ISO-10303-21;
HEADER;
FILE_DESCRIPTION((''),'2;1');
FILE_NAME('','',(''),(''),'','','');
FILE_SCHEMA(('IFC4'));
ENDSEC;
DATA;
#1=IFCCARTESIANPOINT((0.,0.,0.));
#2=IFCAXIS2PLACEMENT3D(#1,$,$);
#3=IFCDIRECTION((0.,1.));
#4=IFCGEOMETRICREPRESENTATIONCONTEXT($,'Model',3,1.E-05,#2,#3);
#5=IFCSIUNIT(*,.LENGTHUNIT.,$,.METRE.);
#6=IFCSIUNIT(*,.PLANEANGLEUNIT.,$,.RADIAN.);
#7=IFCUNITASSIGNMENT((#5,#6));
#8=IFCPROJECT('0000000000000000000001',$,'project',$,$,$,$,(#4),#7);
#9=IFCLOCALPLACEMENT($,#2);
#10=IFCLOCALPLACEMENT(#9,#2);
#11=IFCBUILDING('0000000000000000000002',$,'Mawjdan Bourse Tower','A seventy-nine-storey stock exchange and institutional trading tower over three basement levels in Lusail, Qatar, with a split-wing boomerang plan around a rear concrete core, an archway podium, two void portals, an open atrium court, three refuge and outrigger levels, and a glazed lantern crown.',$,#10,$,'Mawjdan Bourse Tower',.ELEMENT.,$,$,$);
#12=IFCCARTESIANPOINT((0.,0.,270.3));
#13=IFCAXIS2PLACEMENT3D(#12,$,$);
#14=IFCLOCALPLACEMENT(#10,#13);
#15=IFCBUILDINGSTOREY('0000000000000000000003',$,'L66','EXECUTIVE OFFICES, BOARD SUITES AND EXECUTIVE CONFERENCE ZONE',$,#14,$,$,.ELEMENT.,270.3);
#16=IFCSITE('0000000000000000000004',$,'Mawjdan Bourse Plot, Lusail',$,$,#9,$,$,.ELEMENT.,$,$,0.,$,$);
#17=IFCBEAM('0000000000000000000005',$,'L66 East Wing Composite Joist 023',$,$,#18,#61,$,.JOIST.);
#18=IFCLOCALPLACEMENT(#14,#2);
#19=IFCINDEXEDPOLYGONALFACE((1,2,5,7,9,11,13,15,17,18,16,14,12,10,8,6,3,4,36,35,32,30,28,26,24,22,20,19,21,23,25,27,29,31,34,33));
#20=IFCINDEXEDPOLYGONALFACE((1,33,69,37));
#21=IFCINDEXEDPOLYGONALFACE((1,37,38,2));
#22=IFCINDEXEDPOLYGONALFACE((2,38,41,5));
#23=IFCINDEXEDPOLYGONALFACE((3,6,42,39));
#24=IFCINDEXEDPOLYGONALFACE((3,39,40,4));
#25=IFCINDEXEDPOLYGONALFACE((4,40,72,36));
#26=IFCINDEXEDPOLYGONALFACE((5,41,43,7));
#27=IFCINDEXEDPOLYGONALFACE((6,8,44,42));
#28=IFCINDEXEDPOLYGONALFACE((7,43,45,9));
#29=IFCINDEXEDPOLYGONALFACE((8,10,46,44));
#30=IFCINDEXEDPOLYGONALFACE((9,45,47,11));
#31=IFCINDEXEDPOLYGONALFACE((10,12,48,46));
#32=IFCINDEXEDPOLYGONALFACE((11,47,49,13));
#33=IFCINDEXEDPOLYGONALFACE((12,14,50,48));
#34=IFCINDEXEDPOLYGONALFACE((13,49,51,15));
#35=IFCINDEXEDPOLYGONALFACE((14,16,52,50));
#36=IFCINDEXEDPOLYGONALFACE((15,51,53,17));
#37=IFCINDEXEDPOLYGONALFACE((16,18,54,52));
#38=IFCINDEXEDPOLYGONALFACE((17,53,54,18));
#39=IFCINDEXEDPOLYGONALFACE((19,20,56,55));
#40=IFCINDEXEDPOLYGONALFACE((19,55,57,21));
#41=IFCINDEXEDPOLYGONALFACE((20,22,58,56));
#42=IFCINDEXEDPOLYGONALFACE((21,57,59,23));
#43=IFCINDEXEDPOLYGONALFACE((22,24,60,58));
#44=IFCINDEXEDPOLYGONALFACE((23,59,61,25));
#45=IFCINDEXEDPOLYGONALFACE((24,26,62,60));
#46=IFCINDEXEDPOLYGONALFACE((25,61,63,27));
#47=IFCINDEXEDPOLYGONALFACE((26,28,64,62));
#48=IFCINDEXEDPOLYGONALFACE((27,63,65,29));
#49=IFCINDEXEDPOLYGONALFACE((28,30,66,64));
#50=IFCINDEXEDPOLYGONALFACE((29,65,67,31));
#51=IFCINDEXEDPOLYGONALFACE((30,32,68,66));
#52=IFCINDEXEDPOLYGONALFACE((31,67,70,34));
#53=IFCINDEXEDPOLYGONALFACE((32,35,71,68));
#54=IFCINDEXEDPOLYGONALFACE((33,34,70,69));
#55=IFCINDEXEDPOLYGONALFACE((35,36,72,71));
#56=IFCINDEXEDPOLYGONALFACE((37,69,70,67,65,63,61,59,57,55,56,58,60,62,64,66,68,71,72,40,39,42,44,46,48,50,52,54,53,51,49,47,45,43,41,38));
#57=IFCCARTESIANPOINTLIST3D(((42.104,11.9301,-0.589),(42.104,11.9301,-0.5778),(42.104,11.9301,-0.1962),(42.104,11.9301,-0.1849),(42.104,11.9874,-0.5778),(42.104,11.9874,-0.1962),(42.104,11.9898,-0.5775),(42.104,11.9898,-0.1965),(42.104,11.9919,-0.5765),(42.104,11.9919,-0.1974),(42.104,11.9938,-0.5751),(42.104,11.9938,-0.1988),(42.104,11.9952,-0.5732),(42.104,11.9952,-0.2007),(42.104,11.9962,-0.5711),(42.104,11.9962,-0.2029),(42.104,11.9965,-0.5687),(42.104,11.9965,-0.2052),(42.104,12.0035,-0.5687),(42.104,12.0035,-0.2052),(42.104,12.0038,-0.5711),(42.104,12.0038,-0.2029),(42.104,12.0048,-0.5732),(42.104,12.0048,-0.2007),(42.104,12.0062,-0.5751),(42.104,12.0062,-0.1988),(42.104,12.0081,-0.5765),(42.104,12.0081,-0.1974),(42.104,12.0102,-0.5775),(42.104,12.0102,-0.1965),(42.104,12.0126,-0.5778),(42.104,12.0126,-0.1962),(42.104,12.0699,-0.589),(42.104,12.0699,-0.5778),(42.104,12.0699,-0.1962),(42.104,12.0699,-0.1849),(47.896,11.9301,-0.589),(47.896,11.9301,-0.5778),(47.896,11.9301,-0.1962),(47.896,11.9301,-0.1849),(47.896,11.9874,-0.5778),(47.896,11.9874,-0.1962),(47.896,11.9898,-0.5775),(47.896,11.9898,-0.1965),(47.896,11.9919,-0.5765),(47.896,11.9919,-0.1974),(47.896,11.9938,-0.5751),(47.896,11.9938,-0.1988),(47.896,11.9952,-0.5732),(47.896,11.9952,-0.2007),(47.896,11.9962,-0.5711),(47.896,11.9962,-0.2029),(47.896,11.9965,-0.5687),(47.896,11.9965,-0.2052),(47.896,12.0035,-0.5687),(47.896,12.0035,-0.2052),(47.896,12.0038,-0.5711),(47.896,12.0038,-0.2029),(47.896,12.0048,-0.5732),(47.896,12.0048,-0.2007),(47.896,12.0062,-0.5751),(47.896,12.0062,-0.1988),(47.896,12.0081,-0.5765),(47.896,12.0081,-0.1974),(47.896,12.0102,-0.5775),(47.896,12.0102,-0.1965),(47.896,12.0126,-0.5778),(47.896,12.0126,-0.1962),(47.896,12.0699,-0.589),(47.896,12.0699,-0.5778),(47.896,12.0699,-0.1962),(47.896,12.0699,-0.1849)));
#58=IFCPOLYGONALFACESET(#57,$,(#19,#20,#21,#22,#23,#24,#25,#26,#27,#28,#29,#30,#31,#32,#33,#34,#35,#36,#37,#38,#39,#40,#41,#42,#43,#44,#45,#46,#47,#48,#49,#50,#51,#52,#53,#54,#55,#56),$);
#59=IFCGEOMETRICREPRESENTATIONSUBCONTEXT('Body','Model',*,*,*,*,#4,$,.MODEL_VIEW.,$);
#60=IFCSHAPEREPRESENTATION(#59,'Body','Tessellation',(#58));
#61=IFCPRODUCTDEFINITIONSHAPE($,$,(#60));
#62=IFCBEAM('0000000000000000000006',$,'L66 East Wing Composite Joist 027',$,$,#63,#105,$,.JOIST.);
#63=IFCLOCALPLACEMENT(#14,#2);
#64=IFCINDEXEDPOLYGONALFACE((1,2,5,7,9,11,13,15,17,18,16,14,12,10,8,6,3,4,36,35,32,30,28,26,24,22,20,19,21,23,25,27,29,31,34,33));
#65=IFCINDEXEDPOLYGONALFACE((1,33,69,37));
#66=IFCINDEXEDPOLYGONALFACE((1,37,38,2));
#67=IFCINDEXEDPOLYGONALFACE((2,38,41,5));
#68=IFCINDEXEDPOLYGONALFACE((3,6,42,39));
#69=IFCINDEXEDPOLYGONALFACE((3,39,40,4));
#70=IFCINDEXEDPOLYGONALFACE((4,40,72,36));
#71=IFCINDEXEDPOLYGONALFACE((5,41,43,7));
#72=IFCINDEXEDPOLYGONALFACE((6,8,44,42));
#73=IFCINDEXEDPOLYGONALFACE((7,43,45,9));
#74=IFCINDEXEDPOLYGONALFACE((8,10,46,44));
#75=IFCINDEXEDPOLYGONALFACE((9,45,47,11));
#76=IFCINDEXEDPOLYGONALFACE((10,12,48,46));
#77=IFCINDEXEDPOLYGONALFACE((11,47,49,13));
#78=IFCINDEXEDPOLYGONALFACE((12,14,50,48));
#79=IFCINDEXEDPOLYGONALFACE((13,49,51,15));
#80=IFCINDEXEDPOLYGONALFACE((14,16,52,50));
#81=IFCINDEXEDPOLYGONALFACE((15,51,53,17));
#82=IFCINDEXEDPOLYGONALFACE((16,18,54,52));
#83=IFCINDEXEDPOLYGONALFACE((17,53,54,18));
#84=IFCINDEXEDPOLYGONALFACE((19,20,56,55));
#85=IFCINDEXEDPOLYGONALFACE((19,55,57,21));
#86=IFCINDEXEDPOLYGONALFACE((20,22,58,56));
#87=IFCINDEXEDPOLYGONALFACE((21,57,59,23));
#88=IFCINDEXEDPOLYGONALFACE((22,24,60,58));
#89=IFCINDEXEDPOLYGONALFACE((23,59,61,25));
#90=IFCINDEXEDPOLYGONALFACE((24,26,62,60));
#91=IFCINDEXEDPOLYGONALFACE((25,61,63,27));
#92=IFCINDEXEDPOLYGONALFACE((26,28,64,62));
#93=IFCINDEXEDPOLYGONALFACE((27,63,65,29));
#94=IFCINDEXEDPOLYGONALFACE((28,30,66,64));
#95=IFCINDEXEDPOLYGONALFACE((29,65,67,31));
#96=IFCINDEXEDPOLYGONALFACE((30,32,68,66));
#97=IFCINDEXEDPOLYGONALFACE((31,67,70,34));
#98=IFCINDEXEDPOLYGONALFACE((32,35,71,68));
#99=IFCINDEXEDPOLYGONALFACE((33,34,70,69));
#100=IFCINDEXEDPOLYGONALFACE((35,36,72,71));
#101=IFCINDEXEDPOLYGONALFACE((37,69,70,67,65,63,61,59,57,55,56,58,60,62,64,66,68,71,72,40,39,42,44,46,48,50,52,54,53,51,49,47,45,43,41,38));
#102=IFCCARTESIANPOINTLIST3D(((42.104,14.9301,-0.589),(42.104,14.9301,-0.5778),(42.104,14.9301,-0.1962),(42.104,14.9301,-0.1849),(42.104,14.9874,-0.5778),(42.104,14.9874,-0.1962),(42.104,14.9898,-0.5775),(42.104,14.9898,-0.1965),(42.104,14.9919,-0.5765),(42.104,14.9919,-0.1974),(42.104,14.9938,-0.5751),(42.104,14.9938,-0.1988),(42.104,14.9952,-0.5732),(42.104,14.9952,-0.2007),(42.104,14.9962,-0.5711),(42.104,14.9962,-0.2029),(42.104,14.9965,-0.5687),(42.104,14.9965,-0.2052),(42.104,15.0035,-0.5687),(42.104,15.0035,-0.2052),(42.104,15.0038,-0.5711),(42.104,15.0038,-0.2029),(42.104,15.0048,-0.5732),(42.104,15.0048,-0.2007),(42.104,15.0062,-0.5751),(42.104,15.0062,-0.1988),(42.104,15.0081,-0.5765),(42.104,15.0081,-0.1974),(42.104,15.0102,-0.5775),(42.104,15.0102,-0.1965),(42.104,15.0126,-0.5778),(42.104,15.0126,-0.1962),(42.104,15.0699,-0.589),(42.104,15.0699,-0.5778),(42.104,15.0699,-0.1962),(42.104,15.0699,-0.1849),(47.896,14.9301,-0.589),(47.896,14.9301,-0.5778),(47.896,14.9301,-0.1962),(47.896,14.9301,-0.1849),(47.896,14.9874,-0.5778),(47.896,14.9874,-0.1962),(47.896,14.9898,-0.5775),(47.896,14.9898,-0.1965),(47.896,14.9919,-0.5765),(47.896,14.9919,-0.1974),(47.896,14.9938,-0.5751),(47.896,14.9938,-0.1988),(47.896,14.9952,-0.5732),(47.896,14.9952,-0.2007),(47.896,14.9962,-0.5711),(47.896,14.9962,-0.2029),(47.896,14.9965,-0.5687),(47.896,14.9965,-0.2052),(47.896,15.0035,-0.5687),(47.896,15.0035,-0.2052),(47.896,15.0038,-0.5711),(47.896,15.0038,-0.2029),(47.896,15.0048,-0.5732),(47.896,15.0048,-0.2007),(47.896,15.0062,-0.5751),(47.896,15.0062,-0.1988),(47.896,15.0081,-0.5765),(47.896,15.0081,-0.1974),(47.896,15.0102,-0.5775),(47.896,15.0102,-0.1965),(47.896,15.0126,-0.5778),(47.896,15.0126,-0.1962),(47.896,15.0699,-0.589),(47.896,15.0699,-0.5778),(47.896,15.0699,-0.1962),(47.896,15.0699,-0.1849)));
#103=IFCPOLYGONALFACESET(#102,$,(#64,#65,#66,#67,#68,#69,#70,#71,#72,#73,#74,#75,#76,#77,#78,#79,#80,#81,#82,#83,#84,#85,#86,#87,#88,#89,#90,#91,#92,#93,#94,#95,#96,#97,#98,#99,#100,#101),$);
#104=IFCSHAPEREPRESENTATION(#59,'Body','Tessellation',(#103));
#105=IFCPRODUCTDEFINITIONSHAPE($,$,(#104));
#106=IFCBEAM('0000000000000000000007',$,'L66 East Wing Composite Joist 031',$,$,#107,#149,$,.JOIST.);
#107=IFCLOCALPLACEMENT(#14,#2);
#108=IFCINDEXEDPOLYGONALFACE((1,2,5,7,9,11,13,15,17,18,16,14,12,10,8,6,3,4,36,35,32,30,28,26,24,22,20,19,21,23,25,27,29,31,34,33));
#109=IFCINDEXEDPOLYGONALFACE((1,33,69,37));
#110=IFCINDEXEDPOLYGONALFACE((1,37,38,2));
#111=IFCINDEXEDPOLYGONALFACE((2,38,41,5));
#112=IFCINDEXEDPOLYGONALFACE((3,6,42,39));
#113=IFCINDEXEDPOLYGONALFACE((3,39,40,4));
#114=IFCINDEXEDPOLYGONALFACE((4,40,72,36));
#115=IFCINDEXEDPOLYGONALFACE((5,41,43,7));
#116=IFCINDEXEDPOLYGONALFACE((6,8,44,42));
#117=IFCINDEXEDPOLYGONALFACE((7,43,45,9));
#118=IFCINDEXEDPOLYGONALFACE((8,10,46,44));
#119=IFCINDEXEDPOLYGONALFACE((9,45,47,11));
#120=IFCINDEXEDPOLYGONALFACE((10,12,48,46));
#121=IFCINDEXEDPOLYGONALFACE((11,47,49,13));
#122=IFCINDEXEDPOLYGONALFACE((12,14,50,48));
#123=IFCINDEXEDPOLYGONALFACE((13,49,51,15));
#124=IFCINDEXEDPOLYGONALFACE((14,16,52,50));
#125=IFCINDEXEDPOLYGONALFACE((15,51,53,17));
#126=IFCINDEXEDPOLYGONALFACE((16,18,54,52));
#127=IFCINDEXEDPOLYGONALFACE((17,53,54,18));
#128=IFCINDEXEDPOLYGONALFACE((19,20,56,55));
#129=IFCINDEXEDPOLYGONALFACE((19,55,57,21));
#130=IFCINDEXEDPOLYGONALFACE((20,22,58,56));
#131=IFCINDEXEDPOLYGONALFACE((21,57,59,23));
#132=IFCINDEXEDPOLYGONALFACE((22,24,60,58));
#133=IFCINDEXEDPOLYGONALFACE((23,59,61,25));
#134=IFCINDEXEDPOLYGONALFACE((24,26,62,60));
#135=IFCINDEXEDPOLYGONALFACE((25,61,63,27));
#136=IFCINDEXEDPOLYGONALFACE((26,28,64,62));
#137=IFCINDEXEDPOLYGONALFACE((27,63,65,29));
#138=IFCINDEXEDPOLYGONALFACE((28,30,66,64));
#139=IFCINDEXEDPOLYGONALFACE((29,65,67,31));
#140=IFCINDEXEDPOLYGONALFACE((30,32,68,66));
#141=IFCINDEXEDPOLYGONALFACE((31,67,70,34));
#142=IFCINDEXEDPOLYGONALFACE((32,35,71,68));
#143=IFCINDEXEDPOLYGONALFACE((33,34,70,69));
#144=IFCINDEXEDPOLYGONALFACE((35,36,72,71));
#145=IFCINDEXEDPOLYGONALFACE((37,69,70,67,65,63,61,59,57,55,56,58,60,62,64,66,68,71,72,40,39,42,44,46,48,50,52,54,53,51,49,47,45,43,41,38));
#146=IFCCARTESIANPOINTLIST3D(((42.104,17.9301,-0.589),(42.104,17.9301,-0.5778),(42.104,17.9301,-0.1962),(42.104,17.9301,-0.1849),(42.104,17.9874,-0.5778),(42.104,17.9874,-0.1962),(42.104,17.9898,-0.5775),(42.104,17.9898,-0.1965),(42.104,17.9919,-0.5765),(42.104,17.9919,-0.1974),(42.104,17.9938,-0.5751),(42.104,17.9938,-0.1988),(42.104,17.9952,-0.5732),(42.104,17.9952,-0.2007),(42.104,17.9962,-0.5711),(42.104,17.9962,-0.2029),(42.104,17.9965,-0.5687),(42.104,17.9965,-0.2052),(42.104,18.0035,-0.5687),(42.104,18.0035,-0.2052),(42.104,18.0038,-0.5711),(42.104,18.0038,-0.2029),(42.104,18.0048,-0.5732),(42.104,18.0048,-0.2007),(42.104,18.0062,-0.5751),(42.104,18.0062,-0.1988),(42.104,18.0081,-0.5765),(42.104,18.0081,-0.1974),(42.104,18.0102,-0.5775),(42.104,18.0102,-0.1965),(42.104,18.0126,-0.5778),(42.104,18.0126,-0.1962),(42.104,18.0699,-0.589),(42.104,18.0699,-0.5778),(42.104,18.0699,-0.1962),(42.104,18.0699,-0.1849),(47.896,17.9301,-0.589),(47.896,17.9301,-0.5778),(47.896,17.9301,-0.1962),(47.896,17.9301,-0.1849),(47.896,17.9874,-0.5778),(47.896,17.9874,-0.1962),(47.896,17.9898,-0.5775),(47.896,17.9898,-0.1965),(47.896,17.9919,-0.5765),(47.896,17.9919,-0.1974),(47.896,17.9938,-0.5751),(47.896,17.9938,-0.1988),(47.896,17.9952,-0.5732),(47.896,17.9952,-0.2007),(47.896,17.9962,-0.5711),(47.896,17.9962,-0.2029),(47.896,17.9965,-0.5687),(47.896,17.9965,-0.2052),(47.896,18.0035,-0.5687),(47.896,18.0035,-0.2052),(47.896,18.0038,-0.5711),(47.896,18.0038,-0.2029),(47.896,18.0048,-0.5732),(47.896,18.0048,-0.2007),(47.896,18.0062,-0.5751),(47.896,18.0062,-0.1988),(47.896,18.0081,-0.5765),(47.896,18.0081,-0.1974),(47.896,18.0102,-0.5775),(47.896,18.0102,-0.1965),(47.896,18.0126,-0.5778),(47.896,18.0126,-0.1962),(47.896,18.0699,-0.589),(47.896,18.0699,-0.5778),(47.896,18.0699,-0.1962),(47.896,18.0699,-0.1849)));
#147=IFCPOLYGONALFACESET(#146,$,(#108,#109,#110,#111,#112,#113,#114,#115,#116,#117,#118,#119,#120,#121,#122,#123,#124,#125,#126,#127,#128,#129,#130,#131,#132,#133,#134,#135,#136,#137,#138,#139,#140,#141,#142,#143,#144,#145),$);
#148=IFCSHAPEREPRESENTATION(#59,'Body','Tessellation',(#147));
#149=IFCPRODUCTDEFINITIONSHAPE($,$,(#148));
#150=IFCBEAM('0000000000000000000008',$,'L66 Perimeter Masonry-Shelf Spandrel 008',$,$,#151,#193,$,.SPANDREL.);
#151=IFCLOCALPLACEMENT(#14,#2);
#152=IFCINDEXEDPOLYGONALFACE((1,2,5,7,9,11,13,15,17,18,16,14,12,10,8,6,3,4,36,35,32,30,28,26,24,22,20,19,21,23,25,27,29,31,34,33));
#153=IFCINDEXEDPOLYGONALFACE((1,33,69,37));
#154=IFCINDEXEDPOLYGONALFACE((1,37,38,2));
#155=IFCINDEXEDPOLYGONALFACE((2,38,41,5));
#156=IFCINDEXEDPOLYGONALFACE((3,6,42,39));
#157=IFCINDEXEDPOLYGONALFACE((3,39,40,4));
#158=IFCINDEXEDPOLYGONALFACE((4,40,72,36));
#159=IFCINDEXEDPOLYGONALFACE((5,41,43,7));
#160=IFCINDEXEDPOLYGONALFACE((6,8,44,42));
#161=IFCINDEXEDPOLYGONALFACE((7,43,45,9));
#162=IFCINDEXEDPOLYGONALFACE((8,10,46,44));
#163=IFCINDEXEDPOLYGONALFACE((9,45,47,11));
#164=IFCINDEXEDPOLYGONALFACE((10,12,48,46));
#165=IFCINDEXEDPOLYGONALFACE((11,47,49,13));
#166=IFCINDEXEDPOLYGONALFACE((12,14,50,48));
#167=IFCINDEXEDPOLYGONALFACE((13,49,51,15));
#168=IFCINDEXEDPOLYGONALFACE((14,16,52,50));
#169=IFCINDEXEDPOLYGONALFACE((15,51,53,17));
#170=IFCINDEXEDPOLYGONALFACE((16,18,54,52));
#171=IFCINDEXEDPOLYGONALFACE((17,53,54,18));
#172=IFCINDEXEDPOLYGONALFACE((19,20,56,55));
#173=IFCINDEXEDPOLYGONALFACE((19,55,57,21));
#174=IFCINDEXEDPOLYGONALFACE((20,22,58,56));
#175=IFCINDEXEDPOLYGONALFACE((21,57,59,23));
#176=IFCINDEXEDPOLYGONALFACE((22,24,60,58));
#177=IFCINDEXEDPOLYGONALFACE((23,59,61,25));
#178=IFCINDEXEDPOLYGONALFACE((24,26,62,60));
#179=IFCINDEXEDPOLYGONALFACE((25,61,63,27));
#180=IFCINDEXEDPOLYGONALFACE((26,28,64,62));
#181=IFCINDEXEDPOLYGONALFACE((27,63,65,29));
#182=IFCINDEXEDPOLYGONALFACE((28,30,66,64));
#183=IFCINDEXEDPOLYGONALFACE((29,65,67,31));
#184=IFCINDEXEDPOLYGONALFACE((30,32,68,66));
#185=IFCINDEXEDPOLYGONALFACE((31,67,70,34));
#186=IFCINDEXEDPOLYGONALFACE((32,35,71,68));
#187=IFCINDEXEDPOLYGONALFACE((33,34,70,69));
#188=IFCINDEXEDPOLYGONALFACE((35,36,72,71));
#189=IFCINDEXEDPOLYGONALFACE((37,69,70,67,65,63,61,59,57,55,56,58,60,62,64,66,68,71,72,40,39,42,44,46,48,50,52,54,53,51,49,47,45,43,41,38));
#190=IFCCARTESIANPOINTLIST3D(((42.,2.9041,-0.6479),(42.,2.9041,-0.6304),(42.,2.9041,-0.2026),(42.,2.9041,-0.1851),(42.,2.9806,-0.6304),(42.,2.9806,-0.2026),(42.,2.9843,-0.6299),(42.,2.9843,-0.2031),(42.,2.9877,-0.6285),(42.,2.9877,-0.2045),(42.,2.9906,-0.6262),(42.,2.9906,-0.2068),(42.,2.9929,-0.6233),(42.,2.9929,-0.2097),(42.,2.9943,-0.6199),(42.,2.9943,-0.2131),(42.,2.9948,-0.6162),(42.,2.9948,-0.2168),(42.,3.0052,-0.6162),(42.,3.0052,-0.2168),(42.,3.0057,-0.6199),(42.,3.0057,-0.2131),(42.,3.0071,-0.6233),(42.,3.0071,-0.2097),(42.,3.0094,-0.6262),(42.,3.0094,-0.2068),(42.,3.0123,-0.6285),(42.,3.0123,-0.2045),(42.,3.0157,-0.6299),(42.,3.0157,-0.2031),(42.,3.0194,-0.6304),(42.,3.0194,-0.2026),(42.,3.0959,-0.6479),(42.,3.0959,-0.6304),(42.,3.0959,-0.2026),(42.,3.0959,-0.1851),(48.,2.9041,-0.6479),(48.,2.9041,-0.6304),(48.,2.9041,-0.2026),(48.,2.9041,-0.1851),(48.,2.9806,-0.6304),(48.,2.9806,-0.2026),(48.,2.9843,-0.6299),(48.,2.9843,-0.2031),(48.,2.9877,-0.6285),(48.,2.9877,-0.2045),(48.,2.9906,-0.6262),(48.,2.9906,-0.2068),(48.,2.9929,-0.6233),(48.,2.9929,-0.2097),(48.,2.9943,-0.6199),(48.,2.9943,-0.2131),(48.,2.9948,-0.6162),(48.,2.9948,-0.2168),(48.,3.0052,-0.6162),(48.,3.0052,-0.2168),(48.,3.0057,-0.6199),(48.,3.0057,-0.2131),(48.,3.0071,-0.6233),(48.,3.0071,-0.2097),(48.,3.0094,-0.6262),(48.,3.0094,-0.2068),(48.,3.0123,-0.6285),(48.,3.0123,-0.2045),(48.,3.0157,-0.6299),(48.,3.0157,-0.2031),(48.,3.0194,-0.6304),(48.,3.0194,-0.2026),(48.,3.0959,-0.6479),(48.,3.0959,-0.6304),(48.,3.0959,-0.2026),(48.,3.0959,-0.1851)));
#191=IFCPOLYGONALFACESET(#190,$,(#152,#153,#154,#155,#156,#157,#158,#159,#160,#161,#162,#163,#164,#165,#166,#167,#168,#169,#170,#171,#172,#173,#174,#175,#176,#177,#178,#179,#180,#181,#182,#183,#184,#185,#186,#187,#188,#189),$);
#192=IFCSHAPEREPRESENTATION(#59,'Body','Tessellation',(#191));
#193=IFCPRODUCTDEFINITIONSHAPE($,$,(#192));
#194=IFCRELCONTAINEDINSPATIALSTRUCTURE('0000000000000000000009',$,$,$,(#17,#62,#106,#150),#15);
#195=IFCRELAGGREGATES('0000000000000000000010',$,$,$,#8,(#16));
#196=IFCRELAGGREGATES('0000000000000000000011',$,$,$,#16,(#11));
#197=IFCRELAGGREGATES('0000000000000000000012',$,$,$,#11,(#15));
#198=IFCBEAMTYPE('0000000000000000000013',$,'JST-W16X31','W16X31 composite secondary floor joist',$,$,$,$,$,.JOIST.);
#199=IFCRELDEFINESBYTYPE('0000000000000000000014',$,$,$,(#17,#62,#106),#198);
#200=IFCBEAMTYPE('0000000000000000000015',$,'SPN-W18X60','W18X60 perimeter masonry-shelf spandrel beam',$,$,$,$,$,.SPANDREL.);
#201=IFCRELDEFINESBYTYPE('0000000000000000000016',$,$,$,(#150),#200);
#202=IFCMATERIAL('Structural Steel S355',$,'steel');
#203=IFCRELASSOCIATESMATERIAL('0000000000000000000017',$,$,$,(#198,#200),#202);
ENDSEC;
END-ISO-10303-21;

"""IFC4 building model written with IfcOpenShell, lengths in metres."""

from ifc_helpers import new_model, si_unit, direction, frame, origin, origin_2d, place, context, subcontext, project, spatial, i_section, extrude, material, material_profile, profile_set, type_object, element, save


model = new_model("IFC4")

# Units and contexts
model_context = context("Model", 3, precision=1e-05, world=origin(), true_north=direction((0.0, 1.0)))
body_context = subcontext(model_context, "Body", "Model", "MODEL_VIEW")
ifc_project = project(units=[si_unit("LENGTHUNIT", "METRE"), si_unit("PLANEANGLEUNIT", "RADIAN")], contexts=[model_context])

# Site, building, storey
site_placement = place(None, origin())
site = spatial("IfcSite", under=ifc_project, at=site_placement, Name="Mawjdan Bourse Plot, Lusail", CompositionType="ELEMENT", RefElevation=0.0)
building_placement = place(site_placement, origin())
building = spatial("IfcBuilding", under=site, at=building_placement, Name="Mawjdan Bourse Tower", Description="A seventy-nine-storey stock exchange and institutional trading tower over three basement levels in Lusail, Qatar, with a split-wing boomerang plan around a rear concrete core, an archway podium, two void portals, an open atrium court, three refuge and outrigger levels, and a glazed lantern crown.", LongName="Mawjdan Bourse Tower", CompositionType="ELEMENT")
storey_placement = place(building_placement, frame((0.0, 0.0, 270.3)))
storey = spatial("IfcBuildingStorey", under=building, at=storey_placement, Name="L66", Description="EXECUTIVE OFFICES, BOARD SUITES AND EXECUTIVE CONFERENCE ZONE", CompositionType="ELEMENT", Elevation=270.3)

# Beams
ifc_material_1 = material(Name="Structural Steel S355", Category="steel")
ifc_material_profile_1 = material_profile(ifc_material_1, i_section(OverallWidth=0.1399, OverallDepth=0.4041, WebThickness=0.0071, FlangeThickness=0.0112, FilletRadius=0.009, at=origin_2d()), Name="W16X31")
ifc_profile_set_1 = profile_set([ifc_material_profile_1], Name="Structural Steel S355")
beam_type_1 = type_object("IfcBeamType", Name="JST-W16X31", Description="W16X31 composite secondary floor joist", PredefinedType="JOIST", material=ifc_profile_set_1)
for number, where, z_axis, x_axis, name in (
    (1, (42.104, 12.0, -0.387), (1.0, 0.0, 0.0), (0.0, 1.0, 0.0), "L66 East Wing Composite Joist 023"),
    (2, (42.104, 15.0, -0.387), (1.0, 0.0, 0.0), (0.0, 1.0, 0.0), "L66 East Wing Composite Joist 027"),
    (3, (42.104, 18.0, -0.387), (1.0, 0.0, 0.0), (0.0, 1.0, 0.0), "L66 East Wing Composite Joist 031"),
):
    element("IfcBeam", number, at=place(storey_placement, frame(where, z_axis=z_axis, x_axis=x_axis)), inside=storey, type_object=beam_type_1, Name=name, PredefinedType="JOIST", context=body_context, shape_type="SweptSolid", body=[
        extrude(i_section(OverallWidth=0.1399, OverallDepth=0.4041, WebThickness=0.0071, FlangeThickness=0.0112, FilletRadius=0.009, at=origin_2d()), origin(), (0.0, 0.0, 1.0), 5.792),
    ])
ifc_material_profile_2 = material_profile(ifc_material_1, i_section(OverallWidth=0.1919, OverallDepth=0.4629, WebThickness=0.0105, FlangeThickness=0.0176, FilletRadius=0.0142, at=origin_2d()), Name="W18X60")
ifc_profile_set_2 = profile_set([ifc_material_profile_2], Name="Structural Steel S355")
beam_type_2 = type_object("IfcBeamType", Name="SPN-W18X60", Description="W18X60 perimeter masonry-shelf spandrel beam", PredefinedType="SPANDREL", material=ifc_profile_set_2)
for number, where, z_axis, x_axis, name in (
    (4, (42.0, 3.0, -0.4165), (1.0, 0.0, 0.0), (0.0, 1.0, 0.0), "L66 Perimeter Masonry-Shelf Spandrel 008"),
):
    element("IfcBeam", number, at=place(storey_placement, frame(where, z_axis=z_axis, x_axis=x_axis)), inside=storey, type_object=beam_type_2, Name=name, PredefinedType="SPANDREL", context=body_context, shape_type="SweptSolid", body=[
        extrude(i_section(OverallWidth=0.1919, OverallDepth=0.4629, WebThickness=0.0105, FlangeThickness=0.0176, FilletRadius=0.0142, at=origin_2d()), origin(), (0.0, 0.0, 1.0), 6.0),
    ])

save(model, "model.ifc")
